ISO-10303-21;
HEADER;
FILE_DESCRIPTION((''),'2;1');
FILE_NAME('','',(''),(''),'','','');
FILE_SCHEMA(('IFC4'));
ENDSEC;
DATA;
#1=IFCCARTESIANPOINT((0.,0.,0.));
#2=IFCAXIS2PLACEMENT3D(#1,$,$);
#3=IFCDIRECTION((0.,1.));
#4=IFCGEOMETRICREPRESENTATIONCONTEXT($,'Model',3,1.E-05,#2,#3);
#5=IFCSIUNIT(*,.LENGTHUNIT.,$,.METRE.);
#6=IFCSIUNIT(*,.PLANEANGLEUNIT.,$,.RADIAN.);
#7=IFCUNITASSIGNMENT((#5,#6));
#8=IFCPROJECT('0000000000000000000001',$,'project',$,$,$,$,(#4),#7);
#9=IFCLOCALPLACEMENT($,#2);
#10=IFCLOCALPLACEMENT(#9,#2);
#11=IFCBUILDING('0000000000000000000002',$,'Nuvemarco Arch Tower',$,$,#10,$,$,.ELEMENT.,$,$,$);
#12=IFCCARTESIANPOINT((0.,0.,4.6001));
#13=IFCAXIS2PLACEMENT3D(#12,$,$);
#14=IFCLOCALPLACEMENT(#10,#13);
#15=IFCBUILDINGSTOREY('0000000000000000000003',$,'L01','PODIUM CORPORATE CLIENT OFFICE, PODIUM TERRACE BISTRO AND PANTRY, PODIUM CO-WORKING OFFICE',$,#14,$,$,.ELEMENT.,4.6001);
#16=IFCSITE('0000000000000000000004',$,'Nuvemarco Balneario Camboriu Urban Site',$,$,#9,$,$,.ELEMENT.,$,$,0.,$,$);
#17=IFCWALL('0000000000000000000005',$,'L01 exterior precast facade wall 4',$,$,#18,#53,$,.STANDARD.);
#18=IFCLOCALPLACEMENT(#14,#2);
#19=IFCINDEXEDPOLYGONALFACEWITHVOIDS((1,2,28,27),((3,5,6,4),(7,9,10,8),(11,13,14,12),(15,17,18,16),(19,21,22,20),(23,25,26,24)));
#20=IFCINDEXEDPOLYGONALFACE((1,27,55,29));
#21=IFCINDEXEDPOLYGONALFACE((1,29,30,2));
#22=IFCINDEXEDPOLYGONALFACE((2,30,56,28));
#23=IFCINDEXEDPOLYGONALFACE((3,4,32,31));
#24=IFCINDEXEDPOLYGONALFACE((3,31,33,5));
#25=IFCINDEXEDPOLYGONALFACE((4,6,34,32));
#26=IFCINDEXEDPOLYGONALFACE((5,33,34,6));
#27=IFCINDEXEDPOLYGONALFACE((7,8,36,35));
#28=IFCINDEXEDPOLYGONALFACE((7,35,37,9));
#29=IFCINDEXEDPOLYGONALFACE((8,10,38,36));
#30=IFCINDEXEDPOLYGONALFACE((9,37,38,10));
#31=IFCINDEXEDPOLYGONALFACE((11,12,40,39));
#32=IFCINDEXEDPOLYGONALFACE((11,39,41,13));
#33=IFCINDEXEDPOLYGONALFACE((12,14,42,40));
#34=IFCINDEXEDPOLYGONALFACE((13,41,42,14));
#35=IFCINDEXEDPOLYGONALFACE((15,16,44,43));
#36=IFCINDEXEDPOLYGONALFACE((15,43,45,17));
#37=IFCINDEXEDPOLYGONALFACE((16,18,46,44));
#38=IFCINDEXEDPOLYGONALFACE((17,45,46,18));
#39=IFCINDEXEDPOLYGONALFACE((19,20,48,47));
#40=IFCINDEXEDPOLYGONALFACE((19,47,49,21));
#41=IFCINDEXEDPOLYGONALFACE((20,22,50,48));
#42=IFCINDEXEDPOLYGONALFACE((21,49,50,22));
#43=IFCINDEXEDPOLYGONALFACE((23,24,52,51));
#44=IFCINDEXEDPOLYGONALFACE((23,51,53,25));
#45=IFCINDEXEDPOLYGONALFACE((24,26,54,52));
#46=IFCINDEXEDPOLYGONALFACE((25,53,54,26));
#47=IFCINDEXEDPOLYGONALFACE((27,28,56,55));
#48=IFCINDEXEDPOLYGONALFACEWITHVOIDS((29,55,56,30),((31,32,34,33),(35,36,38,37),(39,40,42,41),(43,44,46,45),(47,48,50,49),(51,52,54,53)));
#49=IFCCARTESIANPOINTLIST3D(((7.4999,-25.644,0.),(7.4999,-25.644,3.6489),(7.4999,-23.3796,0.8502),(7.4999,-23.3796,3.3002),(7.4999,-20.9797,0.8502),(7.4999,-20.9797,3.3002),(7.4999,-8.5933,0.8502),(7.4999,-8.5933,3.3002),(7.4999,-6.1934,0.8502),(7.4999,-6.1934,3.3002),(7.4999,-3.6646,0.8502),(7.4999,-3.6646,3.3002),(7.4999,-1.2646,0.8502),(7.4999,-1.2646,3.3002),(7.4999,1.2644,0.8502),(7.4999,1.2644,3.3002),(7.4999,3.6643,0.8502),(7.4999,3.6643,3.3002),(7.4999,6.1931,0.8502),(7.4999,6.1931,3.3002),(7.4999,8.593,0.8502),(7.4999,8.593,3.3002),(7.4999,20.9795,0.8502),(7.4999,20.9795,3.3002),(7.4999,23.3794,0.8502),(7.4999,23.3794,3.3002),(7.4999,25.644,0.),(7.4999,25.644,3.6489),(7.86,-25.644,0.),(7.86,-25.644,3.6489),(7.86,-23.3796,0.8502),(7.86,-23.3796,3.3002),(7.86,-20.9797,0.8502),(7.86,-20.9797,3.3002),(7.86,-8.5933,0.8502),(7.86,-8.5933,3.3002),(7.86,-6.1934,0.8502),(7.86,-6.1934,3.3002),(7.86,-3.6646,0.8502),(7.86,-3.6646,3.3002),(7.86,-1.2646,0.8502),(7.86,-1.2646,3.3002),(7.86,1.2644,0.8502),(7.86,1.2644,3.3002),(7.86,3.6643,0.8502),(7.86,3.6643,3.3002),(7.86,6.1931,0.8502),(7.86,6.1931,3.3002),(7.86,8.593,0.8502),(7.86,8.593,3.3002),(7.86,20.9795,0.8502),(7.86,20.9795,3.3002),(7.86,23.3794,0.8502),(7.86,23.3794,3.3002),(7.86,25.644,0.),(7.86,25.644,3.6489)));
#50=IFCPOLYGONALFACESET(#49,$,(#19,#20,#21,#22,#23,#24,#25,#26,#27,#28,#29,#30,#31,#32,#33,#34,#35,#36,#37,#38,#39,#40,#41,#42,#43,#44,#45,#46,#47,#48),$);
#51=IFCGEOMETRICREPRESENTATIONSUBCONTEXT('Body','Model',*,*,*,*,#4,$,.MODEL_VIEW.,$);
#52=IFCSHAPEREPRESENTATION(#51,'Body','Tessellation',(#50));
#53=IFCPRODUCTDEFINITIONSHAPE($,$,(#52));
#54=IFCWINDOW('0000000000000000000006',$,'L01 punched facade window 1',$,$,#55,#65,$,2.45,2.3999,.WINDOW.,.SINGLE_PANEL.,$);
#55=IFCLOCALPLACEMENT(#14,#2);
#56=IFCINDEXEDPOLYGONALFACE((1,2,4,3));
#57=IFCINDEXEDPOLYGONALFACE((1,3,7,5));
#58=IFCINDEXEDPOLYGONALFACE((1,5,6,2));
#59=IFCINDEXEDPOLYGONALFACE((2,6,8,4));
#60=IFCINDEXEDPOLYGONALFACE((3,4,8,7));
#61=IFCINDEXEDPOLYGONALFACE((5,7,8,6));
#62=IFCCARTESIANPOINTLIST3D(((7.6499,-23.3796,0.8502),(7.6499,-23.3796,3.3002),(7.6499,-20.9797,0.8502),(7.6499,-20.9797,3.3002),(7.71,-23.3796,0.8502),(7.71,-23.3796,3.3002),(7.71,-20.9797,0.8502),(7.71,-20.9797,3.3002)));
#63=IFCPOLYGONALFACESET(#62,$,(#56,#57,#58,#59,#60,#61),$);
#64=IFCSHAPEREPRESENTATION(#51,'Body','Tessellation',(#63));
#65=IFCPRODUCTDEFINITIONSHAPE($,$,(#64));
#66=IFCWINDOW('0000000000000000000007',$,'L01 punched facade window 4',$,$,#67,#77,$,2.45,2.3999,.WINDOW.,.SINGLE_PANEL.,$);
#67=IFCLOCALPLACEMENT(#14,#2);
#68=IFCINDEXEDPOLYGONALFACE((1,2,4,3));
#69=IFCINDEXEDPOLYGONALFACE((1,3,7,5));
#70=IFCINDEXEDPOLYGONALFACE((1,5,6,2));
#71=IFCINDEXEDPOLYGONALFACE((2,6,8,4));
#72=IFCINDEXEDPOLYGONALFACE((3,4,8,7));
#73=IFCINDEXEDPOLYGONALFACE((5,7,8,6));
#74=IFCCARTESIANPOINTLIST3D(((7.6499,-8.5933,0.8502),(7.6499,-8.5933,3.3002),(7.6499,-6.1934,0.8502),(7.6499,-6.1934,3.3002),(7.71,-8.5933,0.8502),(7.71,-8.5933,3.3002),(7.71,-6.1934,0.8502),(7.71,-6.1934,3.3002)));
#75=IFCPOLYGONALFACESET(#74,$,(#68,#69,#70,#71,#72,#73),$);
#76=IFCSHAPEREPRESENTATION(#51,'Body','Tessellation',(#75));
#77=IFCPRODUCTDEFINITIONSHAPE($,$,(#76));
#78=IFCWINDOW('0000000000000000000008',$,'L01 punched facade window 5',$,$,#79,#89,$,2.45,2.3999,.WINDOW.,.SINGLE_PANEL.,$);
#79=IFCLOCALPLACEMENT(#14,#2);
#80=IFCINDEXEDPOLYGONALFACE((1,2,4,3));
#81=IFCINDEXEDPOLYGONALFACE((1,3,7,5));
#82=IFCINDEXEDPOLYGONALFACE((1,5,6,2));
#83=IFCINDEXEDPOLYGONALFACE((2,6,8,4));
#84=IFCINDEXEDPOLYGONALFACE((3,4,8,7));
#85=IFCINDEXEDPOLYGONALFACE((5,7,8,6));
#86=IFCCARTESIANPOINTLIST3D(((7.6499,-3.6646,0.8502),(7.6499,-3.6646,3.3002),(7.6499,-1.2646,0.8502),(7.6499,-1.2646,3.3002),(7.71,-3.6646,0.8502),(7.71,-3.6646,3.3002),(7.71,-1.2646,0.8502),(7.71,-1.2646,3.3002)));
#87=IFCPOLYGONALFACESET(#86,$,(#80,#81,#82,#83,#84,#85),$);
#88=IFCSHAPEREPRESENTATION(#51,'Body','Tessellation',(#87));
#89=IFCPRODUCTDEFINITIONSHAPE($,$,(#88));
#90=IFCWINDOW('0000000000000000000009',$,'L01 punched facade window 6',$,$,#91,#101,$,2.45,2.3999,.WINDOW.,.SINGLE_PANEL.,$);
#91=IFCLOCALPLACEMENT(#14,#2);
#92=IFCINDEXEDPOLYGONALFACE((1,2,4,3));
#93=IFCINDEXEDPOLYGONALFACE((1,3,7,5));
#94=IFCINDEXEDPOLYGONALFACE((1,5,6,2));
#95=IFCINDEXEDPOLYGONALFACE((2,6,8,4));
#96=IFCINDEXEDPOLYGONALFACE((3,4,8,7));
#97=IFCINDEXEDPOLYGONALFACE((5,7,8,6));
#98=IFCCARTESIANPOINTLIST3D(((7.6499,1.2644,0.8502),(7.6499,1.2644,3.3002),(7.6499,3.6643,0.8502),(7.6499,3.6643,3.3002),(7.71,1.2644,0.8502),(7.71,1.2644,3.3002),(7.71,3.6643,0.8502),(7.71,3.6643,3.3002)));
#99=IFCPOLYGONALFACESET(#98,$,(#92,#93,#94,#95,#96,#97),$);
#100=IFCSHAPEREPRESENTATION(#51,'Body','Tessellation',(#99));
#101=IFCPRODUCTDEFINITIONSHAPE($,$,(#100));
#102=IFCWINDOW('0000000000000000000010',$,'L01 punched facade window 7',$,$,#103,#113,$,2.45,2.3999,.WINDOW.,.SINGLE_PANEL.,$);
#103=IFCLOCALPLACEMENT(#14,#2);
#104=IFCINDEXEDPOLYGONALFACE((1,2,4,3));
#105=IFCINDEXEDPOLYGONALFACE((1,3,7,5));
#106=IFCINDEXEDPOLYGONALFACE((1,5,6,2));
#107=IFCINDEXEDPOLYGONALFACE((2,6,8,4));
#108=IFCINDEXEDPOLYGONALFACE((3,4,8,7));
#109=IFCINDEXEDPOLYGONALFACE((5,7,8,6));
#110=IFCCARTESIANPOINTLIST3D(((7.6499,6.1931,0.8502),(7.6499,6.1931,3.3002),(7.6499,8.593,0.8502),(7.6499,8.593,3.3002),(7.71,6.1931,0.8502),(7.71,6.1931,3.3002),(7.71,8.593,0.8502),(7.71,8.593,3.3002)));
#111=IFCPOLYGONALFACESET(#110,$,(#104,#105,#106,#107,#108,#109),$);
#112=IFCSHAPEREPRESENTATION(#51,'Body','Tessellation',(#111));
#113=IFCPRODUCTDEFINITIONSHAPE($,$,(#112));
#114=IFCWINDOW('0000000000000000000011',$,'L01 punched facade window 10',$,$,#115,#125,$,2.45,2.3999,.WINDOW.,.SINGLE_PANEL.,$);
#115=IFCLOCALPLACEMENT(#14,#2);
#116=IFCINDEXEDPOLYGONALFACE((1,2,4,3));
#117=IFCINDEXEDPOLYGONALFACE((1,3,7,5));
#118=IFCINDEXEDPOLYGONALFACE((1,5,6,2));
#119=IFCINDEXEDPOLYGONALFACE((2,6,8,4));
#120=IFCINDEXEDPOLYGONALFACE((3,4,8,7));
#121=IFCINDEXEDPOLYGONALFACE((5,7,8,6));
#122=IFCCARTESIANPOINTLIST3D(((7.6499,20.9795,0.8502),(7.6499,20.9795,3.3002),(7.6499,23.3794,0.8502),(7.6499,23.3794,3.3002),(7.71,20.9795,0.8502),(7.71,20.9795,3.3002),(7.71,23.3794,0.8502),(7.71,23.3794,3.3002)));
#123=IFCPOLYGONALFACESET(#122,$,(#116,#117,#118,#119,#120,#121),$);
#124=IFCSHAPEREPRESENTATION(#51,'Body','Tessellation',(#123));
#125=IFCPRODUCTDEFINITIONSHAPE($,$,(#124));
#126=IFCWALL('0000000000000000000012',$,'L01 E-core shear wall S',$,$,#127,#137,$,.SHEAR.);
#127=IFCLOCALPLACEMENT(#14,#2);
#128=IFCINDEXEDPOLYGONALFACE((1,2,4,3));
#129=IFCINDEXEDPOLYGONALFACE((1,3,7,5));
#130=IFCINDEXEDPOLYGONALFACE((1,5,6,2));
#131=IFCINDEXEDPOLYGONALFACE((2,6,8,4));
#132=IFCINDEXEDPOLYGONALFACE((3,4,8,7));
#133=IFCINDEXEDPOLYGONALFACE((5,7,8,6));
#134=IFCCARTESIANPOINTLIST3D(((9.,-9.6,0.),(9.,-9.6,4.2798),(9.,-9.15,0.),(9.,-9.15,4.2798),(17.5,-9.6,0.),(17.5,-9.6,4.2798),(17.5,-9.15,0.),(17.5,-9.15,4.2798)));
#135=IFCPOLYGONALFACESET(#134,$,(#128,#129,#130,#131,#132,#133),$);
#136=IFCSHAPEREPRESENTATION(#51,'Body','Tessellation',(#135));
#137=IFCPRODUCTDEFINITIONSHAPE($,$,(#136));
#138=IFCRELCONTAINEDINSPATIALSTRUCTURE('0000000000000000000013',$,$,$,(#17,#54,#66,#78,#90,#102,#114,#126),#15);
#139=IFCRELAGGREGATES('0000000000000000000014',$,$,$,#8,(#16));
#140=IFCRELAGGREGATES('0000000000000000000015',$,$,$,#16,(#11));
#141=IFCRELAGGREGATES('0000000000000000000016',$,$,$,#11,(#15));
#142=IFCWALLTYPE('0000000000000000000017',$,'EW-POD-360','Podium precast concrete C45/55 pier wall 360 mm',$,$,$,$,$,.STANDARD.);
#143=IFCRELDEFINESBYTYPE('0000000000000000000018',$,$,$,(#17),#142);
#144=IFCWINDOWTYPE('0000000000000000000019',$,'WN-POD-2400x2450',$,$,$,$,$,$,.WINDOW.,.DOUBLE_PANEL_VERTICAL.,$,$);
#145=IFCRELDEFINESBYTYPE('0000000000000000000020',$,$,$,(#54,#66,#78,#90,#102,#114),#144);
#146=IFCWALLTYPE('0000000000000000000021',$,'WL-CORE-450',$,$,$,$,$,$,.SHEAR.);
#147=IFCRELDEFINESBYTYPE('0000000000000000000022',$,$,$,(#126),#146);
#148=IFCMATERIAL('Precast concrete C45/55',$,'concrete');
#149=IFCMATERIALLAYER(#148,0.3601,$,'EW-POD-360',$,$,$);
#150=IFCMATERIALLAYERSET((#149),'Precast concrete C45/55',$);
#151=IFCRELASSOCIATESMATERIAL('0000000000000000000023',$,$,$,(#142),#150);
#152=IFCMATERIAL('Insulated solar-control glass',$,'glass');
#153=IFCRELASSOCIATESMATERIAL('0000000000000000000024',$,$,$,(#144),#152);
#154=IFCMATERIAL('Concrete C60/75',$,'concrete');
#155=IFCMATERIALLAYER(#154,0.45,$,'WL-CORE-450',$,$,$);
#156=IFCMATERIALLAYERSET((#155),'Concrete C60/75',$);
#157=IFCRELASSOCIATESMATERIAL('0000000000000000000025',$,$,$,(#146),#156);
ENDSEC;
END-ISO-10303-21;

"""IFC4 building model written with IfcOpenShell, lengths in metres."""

from ifc_helpers import new_model, si_unit, direction, frame, frame_2d, origin, place, context, subcontext, project, spatial, rectangle, extrude, source, transform, mapped, material, layer, layer_set, type_object, type_shapes, element, fill, save


model = new_model("IFC4")

# Units and contexts
model_context = context("Model", 3, precision=1e-05, world=origin(), true_north=direction((0.0, 1.0)))
body_context = subcontext(model_context, "Body", "Model", "MODEL_VIEW")
ifc_project = project(units=[si_unit("LENGTHUNIT", "METRE"), si_unit("PLANEANGLEUNIT", "RADIAN")], contexts=[model_context])

# Site, building, storey
site_placement = place(None, origin())
site = spatial("IfcSite", under=ifc_project, at=site_placement, Name="Nuvemarco Balneario Camboriu Urban Site", CompositionType="ELEMENT", RefElevation=0.0)
building_placement = place(site_placement, origin())
building = spatial("IfcBuilding", under=site, at=building_placement, Name="Nuvemarco Arch Tower", CompositionType="ELEMENT")
storey_placement = place(building_placement, frame((0.0, 0.0, 4.6001)))
storey = spatial("IfcBuildingStorey", under=building, at=storey_placement, Name="L01", Description="PODIUM CORPORATE CLIENT OFFICE, PODIUM TERRACE BISTRO AND PANTRY, PODIUM CO-WORKING OFFICE", CompositionType="ELEMENT", Elevation=4.6001)

# Shared definitions
ifc_material_1 = material(Name="Concrete C60/75", Category="concrete")

# Shared definitions
ifc_material_2 = material(Name="Precast concrete C45/55", Category="concrete")

# Shared definitions
ifc_layer_1 = layer(ifc_material_2, 0.3601, Name="EW-POD-360")
ifc_layer_set_1 = layer_set([ifc_layer_1], Name="Precast concrete C45/55")
wall_type_1 = type_object("IfcWallType", Name="EW-POD-360", Description="Podium precast concrete C45/55 pier wall 360 mm", PredefinedType="STANDARD", material=ifc_layer_set_1)
ifc_material_3 = material(Name="Insulated solar-control glass", Category="glass")

# Wall, openings, windows
wall_1_placement = place(storey_placement, frame((7.6799, -25.644, 0.0), z_axis=(0.0, 0.0, 1.0), x_axis=(0.0, 1.0, 0.0)))
wall_1 = element("IfcWall", 1, at=wall_1_placement, inside=storey, type_object=wall_type_1, Name="L01 exterior precast facade wall 4", PredefinedType="STANDARD", context=body_context, shape_type="SweptSolid", body=[
    extrude(rectangle(XDim=51.2881, YDim=0.3601, at=frame_2d((25.644, 0.0))), origin(), (0.0, 0.0, 1.0), 3.6489),
])
opening_1_placement = place(wall_1_placement, frame((2.2644, 0.0, 0.8501)))
opening_1 = element("IfcOpeningElement", 2, at=opening_1_placement, cuts=wall_1, PredefinedType="OPENING", context=body_context, shape_type="SweptSolid", body=[
    extrude(rectangle(XDim=2.3999, YDim=2.45, at=frame_2d((1.2, 1.2251))), frame((0.0, 0.1899, 0.0), z_axis=(0.0, -1.0, 0.0), x_axis=(1.0, 0.0, 0.0)), (0.0, 0.0, 1.0), 0.3801),
])
opening_2_placement = place(wall_1_placement, frame((17.0508, 0.0, 0.8501)))
opening_2 = element("IfcOpeningElement", 3, at=opening_2_placement, cuts=wall_1, PredefinedType="OPENING", context=body_context, shape_type="SweptSolid", body=[
    extrude(rectangle(XDim=2.3999, YDim=2.45, at=frame_2d((1.2, 1.2251))), frame((0.0, 0.1899, 0.0), z_axis=(0.0, -1.0, 0.0), x_axis=(1.0, 0.0, 0.0)), (0.0, 0.0, 1.0), 0.3801),
])
opening_3_placement = place(wall_1_placement, frame((21.9795, 0.0, 0.8501)))
opening_3 = element("IfcOpeningElement", 4, at=opening_3_placement, cuts=wall_1, PredefinedType="OPENING", context=body_context, shape_type="SweptSolid", body=[
    extrude(rectangle(XDim=2.3999, YDim=2.45, at=frame_2d((1.2, 1.2251))), frame((0.0, 0.1899, 0.0), z_axis=(0.0, -1.0, 0.0), x_axis=(1.0, 0.0, 0.0)), (0.0, 0.0, 1.0), 0.3801),
])
opening_4_placement = place(wall_1_placement, frame((26.9084, 0.0, 0.8501)))
opening_4 = element("IfcOpeningElement", 5, at=opening_4_placement, cuts=wall_1, PredefinedType="OPENING", context=body_context, shape_type="SweptSolid", body=[
    extrude(rectangle(XDim=2.3999, YDim=2.45, at=frame_2d((1.2, 1.2251))), frame((0.0, 0.1899, 0.0), z_axis=(0.0, -1.0, 0.0), x_axis=(1.0, 0.0, 0.0)), (0.0, 0.0, 1.0), 0.3801),
])
opening_5_placement = place(wall_1_placement, frame((31.8372, 0.0, 0.8501)))
opening_5 = element("IfcOpeningElement", 6, at=opening_5_placement, cuts=wall_1, PredefinedType="OPENING", context=body_context, shape_type="SweptSolid", body=[
    extrude(rectangle(XDim=2.3999, YDim=2.45, at=frame_2d((1.2, 1.2251))), frame((0.0, 0.1899, 0.0), z_axis=(0.0, -1.0, 0.0), x_axis=(1.0, 0.0, 0.0)), (0.0, 0.0, 1.0), 0.3801),
])
opening_6_placement = place(wall_1_placement, frame((46.6235, 0.0, 0.8501)))
opening_6 = element("IfcOpeningElement", 7, at=opening_6_placement, cuts=wall_1, PredefinedType="OPENING", context=body_context, shape_type="SweptSolid", body=[
    extrude(rectangle(XDim=2.3999, YDim=2.45, at=frame_2d((1.2, 1.2251))), frame((0.0, 0.1899, 0.0), z_axis=(0.0, -1.0, 0.0), x_axis=(1.0, 0.0, 0.0)), (0.0, 0.0, 1.0), 0.3801),
])
window_type_1 = type_object("IfcWindowType", Name="WN-POD-2400x2450", PartitioningType="DOUBLE_PANEL_VERTICAL", PredefinedType="WINDOW", material=ifc_material_3)
shared_shape_1 = source(origin(), body_context, "Body", "SweptSolid", [
    extrude(rectangle(XDim=2.3999, YDim=2.45, at=frame_2d((1.2, 1.2251))), frame((0.0, 0.03, 0.0), z_axis=(0.0, -1.0, 0.0), x_axis=(1.0, 0.0, 0.0)), (0.0, 0.0, 1.0), 0.0601),
])
type_shapes(window_type_1, [shared_shape_1])
window_1_placement = place(opening_1_placement, origin())
window_1 = element("IfcWindow", 8, at=window_1_placement, inside=storey, type_object=window_type_1, Name="L01 punched facade window 1", OverallHeight=2.45, OverallWidth=2.3999, PartitioningType="SINGLE_PANEL", PredefinedType="WINDOW", context=body_context, shape_type="MappedRepresentation", body=[
    mapped(shared_shape_1, transform((0.0, 0.0, 0.0), scale=1.0)),
])
fill(opening_1, window_1)
window_2_placement = place(opening_2_placement, origin())
window_2 = element("IfcWindow", 9, at=window_2_placement, inside=storey, type_object=window_type_1, Name="L01 punched facade window 4", OverallHeight=2.45, OverallWidth=2.3999, PartitioningType="SINGLE_PANEL", PredefinedType="WINDOW", context=body_context, shape_type="MappedRepresentation", body=[
    mapped(shared_shape_1, transform((0.0, 0.0, 0.0), scale=1.0)),
])
fill(opening_2, window_2)
window_3_placement = place(opening_3_placement, origin())
window_3 = element("IfcWindow", 10, at=window_3_placement, inside=storey, type_object=window_type_1, Name="L01 punched facade window 5", OverallHeight=2.45, OverallWidth=2.3999, PartitioningType="SINGLE_PANEL", PredefinedType="WINDOW", context=body_context, shape_type="MappedRepresentation", body=[
    mapped(shared_shape_1, transform((0.0, 0.0, 0.0), scale=1.0)),
])
fill(opening_3, window_3)
window_4_placement = place(opening_4_placement, origin())
window_4 = element("IfcWindow", 11, at=window_4_placement, inside=storey, type_object=window_type_1, Name="L01 punched facade window 6", OverallHeight=2.45, OverallWidth=2.3999, PartitioningType="SINGLE_PANEL", PredefinedType="WINDOW", context=body_context, shape_type="MappedRepresentation", body=[
    mapped(shared_shape_1, transform((0.0, 0.0, 0.0), scale=1.0)),
])
fill(opening_4, window_4)
window_5_placement = place(opening_5_placement, origin())
window_5 = element("IfcWindow", 12, at=window_5_placement, inside=storey, type_object=window_type_1, Name="L01 punched facade window 7", OverallHeight=2.45, OverallWidth=2.3999, PartitioningType="SINGLE_PANEL", PredefinedType="WINDOW", context=body_context, shape_type="MappedRepresentation", body=[
    mapped(shared_shape_1, transform((0.0, 0.0, 0.0), scale=1.0)),
])
fill(opening_5, window_5)
window_6_placement = place(opening_6_placement, origin())
window_6 = element("IfcWindow", 13, at=window_6_placement, inside=storey, type_object=window_type_1, Name="L01 punched facade window 10", OverallHeight=2.45, OverallWidth=2.3999, PartitioningType="SINGLE_PANEL", PredefinedType="WINDOW", context=body_context, shape_type="MappedRepresentation", body=[
    mapped(shared_shape_1, transform((0.0, 0.0, 0.0), scale=1.0)),
])
fill(opening_6, window_6)

# Wall
ifc_layer_2 = layer(ifc_material_1, 0.45, Name="WL-CORE-450")
ifc_layer_set_2 = layer_set([ifc_layer_2], Name="Concrete C60/75")
wall_type_2 = type_object("IfcWallType", Name="WL-CORE-450", PredefinedType="SHEAR", material=ifc_layer_set_2)
wall_2_placement = place(storey_placement, frame((9.0, -9.375, 0.0), z_axis=(0.0, 0.0, 1.0), x_axis=(1.0, 0.0, 0.0)))
element("IfcWall", 14, at=wall_2_placement, inside=storey, type_object=wall_type_2, Name="L01 E-core shear wall S", PredefinedType="SHEAR", context=body_context, shape_type="SweptSolid", body=[
    extrude(rectangle(XDim=8.5, YDim=0.45, at=frame_2d((4.25, 0.0))), origin(), (0.0, 0.0, 1.0), 4.2798),
])

save(model, "model.ifc")
